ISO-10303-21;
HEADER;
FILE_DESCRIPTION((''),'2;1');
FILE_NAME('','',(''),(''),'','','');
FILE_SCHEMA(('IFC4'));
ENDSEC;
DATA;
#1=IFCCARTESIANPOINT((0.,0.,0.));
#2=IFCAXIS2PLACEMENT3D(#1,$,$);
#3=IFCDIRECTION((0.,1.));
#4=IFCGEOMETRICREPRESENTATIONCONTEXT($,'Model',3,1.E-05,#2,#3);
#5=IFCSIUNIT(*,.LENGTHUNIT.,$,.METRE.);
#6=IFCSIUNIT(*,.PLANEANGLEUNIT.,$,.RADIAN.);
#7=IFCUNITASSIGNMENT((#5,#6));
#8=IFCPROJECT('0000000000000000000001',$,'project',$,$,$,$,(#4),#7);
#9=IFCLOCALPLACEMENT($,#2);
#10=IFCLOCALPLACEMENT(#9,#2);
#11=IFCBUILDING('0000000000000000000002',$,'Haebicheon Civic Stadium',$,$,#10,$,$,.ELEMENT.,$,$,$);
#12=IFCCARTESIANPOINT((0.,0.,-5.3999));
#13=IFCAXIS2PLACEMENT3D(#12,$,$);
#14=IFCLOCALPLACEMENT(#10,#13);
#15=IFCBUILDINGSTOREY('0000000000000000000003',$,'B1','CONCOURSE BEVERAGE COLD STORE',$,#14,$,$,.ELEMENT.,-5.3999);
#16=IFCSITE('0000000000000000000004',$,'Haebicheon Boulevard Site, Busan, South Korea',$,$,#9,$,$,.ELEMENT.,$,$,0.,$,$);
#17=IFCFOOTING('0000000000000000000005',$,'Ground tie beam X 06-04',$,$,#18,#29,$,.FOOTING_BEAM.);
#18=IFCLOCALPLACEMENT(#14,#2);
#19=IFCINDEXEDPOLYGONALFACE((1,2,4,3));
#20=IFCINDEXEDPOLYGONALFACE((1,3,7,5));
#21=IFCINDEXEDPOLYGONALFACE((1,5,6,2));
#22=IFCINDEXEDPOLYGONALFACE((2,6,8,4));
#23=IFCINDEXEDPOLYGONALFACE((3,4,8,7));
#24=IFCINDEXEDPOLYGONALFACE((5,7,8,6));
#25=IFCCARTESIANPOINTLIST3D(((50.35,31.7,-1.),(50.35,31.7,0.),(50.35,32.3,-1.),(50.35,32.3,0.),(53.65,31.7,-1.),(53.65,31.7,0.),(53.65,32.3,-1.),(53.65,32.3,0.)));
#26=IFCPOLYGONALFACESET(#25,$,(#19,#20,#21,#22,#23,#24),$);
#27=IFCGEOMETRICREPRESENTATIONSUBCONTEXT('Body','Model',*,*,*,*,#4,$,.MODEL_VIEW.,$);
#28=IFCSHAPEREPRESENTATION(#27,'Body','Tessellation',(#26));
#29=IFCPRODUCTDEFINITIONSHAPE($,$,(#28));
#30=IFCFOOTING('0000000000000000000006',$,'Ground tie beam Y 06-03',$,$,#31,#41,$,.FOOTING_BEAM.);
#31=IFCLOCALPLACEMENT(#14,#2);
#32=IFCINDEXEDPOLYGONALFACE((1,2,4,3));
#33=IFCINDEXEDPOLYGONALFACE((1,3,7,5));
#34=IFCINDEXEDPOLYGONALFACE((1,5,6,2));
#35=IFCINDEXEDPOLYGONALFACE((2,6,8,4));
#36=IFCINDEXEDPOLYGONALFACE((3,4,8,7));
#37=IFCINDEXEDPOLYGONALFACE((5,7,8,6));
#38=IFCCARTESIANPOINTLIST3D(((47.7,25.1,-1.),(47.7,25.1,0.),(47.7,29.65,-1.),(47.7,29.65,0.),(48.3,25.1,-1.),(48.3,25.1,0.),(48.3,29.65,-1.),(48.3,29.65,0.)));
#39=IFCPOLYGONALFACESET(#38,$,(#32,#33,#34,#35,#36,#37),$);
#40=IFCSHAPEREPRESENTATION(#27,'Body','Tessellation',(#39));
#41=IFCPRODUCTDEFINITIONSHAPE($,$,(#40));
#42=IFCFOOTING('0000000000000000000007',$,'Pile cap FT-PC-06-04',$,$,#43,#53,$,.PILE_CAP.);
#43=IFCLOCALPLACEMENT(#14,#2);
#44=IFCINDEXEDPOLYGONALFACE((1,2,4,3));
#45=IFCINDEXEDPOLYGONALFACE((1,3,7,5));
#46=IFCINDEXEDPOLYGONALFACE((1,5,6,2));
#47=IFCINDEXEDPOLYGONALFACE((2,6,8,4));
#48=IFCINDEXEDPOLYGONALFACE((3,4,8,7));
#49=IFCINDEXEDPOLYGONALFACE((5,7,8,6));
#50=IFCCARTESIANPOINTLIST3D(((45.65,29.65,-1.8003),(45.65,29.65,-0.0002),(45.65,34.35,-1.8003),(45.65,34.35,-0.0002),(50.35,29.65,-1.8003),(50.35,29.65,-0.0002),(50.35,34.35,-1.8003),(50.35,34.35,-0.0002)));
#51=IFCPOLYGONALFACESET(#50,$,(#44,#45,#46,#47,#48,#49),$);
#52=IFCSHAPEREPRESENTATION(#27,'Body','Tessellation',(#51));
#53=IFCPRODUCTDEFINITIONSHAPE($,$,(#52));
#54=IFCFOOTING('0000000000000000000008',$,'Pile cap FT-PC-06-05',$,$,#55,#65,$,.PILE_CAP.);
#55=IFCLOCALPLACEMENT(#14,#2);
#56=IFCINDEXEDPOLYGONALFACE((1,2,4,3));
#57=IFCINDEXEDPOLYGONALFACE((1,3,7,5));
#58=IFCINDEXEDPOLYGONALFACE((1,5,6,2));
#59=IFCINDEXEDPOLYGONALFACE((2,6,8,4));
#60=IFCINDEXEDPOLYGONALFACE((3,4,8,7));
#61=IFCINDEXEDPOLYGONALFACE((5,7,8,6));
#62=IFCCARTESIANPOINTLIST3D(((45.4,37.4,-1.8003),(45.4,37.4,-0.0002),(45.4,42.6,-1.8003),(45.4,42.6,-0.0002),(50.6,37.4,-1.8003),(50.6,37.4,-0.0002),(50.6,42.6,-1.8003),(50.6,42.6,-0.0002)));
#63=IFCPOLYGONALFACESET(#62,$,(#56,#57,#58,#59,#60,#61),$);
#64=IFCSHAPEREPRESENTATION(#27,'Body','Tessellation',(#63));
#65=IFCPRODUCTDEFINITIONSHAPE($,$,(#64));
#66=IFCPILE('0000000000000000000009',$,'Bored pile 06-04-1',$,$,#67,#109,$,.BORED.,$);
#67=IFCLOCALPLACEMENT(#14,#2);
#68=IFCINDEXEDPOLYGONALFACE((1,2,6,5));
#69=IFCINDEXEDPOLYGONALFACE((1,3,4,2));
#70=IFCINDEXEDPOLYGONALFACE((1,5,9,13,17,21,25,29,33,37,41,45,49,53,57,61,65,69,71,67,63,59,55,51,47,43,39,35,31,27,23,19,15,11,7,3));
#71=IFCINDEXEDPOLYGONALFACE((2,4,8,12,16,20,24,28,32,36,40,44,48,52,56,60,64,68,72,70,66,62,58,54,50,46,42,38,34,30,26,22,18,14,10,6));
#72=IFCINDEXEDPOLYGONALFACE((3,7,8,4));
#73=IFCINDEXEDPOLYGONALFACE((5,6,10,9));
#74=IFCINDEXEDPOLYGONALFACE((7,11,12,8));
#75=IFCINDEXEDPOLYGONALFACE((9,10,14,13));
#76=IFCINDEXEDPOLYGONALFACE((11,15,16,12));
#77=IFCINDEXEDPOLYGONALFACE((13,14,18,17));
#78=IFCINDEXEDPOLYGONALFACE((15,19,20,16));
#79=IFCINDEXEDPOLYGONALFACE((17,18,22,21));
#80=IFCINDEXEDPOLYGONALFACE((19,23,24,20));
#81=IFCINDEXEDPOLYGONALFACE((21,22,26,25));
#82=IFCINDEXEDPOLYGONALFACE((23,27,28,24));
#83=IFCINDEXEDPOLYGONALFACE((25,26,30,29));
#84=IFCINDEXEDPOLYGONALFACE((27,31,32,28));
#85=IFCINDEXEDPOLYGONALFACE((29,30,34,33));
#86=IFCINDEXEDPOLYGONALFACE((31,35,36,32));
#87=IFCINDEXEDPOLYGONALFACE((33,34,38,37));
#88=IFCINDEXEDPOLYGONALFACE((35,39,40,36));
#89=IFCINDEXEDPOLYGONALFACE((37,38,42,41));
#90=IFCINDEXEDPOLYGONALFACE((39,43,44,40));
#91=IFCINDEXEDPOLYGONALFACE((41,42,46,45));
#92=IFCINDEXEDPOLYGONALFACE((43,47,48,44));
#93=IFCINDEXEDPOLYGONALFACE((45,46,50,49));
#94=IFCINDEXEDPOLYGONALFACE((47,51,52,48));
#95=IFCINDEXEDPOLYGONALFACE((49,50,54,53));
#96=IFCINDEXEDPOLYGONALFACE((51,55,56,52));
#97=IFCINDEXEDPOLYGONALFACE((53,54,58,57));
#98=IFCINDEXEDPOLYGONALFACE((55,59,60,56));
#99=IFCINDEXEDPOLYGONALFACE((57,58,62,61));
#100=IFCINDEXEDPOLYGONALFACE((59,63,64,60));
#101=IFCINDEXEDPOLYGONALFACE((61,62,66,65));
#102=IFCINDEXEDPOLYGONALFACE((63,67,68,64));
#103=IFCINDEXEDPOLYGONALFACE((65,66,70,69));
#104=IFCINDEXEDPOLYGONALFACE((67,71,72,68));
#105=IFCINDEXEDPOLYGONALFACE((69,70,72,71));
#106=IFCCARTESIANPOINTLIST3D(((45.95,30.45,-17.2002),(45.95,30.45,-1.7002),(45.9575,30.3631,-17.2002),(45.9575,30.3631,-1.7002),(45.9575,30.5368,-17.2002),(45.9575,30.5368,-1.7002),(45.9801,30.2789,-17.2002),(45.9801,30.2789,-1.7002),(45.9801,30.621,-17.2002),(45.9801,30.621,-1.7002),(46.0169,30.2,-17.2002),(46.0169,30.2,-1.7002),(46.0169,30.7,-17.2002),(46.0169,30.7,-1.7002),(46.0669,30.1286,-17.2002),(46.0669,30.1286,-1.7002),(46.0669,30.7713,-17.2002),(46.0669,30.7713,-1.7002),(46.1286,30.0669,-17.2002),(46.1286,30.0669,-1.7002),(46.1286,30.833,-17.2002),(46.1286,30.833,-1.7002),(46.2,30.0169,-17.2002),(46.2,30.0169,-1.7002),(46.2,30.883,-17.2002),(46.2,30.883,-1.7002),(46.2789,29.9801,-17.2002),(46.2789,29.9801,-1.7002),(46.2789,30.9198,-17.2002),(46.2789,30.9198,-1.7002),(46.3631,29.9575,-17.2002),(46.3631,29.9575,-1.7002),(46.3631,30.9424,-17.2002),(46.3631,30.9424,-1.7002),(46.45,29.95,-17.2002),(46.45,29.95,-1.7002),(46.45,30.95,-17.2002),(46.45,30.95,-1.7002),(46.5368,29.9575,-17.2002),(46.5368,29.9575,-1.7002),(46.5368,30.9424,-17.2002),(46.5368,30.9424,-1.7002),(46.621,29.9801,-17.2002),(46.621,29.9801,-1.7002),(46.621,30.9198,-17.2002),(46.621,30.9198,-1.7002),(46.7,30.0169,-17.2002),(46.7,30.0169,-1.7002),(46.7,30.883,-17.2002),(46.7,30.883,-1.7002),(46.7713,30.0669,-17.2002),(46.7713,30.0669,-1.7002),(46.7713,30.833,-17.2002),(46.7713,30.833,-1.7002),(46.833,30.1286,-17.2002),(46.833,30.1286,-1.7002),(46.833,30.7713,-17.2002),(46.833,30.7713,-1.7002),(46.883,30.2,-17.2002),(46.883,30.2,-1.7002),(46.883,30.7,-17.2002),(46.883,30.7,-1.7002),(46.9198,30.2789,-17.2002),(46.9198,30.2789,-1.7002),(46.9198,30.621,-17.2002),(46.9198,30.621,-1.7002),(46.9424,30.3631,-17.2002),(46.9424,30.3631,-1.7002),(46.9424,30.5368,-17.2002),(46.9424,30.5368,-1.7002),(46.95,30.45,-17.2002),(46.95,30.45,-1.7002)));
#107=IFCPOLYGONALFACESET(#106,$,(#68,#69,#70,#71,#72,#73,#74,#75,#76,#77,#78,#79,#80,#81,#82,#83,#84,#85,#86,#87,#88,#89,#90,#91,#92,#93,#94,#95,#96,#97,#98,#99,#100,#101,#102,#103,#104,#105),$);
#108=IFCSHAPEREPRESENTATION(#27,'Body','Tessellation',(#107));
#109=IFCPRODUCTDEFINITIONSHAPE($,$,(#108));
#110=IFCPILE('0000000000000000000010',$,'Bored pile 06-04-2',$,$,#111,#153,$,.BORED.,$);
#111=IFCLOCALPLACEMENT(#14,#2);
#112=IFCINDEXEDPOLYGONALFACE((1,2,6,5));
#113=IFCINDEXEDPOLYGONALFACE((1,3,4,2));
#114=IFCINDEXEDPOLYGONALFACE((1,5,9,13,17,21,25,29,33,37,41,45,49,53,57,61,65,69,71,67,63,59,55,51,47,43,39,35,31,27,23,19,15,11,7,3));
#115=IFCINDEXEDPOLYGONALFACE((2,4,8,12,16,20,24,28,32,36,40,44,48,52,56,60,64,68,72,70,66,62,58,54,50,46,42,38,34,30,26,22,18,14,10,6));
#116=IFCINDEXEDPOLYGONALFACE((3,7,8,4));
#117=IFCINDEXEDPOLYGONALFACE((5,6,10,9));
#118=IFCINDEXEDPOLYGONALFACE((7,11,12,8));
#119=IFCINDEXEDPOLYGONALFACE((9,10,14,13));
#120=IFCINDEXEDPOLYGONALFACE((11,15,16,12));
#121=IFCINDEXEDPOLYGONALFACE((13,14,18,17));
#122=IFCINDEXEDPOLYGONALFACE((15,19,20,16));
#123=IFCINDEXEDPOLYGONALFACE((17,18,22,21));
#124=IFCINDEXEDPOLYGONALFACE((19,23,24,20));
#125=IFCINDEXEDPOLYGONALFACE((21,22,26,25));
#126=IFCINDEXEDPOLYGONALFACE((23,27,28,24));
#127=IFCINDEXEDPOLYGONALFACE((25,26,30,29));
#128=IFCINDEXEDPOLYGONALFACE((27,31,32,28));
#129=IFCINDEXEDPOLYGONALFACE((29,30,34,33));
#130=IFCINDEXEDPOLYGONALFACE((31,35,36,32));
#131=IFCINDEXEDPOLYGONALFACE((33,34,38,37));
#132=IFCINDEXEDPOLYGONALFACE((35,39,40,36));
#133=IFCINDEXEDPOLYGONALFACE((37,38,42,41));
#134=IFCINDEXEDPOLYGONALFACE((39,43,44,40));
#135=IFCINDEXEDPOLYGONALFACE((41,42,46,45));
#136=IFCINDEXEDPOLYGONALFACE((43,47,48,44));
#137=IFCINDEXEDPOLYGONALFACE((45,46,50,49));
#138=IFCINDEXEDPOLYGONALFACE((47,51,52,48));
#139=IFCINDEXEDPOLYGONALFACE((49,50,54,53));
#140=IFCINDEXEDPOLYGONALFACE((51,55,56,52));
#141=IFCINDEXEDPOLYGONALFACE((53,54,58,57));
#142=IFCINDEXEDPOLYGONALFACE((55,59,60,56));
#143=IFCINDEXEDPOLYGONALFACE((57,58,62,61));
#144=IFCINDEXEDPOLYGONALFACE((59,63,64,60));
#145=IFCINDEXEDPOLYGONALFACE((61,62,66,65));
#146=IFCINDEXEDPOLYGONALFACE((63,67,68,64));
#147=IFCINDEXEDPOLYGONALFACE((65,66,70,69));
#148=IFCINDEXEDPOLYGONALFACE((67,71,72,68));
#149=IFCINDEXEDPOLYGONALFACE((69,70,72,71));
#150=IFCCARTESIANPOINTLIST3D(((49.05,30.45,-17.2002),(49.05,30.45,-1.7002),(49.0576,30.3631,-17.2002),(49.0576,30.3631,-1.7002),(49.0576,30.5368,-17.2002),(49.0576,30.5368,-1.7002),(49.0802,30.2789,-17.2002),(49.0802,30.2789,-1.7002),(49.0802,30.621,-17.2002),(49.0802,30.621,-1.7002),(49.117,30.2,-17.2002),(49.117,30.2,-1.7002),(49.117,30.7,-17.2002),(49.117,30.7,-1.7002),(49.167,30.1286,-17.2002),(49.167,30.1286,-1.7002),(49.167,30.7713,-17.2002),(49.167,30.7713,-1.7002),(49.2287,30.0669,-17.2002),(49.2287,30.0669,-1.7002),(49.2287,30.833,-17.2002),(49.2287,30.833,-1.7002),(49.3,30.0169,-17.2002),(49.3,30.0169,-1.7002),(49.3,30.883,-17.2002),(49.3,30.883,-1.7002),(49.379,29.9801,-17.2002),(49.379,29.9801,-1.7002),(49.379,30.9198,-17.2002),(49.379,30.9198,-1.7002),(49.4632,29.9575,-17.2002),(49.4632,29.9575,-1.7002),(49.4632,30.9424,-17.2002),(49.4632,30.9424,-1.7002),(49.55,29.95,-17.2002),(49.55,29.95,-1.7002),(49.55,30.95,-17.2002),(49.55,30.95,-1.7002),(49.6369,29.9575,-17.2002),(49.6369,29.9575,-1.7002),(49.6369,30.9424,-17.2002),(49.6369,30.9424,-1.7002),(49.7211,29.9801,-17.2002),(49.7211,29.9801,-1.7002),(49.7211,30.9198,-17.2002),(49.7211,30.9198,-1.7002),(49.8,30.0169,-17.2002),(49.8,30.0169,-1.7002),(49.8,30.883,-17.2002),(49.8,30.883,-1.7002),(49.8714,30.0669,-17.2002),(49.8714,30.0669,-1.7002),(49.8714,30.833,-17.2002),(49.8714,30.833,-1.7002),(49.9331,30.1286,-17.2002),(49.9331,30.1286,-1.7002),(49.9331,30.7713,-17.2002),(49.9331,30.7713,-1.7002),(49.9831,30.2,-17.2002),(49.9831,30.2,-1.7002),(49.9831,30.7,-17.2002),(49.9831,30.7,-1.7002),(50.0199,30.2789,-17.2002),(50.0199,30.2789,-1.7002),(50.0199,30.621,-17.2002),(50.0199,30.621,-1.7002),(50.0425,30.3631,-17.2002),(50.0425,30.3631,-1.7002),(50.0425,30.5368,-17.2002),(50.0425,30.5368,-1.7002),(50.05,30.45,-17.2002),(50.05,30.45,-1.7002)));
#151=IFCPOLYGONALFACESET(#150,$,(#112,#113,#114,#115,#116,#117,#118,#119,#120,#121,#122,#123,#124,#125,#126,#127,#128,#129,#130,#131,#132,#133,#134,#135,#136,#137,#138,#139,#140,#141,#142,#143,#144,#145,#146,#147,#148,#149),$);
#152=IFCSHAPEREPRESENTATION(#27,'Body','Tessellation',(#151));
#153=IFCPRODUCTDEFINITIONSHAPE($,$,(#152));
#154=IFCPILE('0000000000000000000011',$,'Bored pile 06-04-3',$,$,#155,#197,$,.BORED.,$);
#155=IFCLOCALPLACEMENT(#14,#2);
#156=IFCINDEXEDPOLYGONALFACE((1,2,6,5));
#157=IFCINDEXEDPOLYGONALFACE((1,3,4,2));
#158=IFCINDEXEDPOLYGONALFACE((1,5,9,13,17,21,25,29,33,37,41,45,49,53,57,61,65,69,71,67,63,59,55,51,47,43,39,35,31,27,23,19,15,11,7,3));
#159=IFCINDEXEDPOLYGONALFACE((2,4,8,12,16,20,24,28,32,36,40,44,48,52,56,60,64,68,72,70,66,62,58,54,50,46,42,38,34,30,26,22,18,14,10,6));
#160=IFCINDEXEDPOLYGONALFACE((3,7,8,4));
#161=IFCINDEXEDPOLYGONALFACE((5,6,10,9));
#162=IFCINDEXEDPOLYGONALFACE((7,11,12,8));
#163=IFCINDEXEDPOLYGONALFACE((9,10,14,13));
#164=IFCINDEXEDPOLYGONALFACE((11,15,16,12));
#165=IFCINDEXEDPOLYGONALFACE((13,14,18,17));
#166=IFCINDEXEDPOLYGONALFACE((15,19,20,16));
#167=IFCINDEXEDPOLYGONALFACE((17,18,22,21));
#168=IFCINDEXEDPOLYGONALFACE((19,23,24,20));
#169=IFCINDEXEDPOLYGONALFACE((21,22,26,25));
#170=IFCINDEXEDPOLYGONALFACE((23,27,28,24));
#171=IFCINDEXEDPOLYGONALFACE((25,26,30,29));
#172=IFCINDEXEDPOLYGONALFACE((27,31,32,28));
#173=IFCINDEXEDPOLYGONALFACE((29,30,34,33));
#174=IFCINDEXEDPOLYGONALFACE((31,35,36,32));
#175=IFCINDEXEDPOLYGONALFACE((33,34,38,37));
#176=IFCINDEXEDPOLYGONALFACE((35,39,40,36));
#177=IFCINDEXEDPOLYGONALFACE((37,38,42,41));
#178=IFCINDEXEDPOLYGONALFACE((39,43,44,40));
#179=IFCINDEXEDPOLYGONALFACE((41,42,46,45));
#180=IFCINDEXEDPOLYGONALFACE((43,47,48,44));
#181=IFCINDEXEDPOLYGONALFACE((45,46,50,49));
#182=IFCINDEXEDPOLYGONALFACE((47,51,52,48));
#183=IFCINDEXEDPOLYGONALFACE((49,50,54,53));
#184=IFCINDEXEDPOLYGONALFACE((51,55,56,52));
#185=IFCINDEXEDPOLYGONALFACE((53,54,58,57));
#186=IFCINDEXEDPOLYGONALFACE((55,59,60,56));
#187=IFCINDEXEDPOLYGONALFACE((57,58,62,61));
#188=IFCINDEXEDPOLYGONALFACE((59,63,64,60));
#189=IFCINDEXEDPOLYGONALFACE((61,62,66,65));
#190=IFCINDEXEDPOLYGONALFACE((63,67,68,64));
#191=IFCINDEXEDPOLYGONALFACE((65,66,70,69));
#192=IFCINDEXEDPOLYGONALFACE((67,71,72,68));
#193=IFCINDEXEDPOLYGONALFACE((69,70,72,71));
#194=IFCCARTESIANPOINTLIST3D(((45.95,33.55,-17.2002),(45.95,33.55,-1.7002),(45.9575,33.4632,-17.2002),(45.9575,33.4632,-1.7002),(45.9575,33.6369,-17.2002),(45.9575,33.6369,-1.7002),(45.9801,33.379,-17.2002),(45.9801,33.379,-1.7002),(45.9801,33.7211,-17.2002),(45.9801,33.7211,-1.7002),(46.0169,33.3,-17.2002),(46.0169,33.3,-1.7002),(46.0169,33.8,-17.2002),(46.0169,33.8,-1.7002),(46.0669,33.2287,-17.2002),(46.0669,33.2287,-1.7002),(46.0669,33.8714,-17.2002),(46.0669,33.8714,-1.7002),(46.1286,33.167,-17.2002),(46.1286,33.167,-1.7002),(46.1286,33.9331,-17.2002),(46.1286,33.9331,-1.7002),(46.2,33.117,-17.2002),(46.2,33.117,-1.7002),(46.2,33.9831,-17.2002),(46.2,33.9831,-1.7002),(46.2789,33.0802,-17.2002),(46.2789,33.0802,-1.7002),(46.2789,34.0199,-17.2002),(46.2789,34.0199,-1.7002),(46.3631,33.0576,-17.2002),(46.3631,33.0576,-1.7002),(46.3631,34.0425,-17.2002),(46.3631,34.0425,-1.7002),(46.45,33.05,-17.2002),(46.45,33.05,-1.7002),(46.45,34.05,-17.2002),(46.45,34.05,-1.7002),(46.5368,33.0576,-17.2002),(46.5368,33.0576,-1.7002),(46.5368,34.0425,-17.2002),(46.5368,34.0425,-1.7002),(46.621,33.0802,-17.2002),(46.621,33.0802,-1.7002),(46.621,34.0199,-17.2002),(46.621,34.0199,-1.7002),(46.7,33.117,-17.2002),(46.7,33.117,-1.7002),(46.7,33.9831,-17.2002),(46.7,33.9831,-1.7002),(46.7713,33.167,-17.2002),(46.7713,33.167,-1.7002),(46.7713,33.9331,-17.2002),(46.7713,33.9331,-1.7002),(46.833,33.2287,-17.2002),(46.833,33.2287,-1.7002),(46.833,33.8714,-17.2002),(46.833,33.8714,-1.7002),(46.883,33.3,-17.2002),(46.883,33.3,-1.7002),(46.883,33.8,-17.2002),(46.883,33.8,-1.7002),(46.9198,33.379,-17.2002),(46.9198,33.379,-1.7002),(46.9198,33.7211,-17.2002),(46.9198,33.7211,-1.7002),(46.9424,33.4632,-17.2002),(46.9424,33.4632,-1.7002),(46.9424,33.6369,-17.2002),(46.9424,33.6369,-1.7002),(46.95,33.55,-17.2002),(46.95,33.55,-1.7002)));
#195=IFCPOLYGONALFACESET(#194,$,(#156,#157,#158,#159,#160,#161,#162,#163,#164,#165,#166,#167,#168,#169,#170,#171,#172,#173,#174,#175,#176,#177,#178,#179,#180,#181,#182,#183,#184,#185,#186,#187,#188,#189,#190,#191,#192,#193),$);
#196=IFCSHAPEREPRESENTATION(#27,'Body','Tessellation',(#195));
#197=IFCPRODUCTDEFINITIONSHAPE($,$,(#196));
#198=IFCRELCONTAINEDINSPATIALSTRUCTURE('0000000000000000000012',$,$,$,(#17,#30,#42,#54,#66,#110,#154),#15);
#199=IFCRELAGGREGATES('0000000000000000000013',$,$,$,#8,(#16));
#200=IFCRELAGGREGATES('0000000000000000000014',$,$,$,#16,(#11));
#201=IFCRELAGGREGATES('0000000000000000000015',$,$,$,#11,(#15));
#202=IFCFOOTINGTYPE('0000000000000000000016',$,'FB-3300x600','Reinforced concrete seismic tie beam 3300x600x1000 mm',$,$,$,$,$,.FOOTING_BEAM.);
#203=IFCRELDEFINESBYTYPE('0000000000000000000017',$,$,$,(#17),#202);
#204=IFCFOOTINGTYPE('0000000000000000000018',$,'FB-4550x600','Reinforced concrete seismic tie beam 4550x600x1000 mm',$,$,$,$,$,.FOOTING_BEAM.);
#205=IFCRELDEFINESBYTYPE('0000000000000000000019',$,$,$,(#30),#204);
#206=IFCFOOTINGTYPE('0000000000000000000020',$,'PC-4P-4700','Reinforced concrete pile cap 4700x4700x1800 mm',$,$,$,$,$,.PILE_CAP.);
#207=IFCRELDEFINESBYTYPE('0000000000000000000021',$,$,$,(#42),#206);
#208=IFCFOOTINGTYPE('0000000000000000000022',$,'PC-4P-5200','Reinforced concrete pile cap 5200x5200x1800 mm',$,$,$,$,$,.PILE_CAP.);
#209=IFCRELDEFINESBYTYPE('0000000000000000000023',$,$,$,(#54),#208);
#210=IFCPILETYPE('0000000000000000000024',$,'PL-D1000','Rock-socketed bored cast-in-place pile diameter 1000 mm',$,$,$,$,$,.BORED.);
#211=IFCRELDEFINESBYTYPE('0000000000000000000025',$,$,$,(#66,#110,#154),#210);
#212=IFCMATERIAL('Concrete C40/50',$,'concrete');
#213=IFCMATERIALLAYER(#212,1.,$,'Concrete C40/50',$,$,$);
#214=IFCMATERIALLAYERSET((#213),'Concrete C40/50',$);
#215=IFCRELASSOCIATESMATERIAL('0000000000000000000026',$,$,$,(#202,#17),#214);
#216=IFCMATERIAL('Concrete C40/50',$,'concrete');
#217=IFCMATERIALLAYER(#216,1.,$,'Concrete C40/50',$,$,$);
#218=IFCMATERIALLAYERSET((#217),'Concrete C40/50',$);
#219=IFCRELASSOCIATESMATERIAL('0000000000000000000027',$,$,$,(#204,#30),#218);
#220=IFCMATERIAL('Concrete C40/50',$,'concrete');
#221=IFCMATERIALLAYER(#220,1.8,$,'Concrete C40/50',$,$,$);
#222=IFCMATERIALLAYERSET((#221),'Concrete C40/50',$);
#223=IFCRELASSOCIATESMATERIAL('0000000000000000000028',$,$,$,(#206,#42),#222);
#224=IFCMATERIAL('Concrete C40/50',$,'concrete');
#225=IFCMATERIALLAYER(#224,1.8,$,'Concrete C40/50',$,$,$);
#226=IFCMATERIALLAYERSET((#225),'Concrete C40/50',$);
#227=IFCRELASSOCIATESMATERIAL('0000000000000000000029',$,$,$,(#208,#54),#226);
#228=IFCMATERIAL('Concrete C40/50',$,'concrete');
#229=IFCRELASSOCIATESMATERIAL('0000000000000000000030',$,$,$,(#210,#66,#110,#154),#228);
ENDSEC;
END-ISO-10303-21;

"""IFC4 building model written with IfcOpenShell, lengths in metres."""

from ifc_helpers import new_model, si_unit, direction, frame, origin, origin_2d, place, context, subcontext, project, spatial, rectangle, circle, extrude, material, layer, layer_set, material_profile, profile_set, type_object, element, save


model = new_model("IFC4")

# Units and contexts
model_context = context("Model", 3, precision=1e-05, world=origin(), true_north=direction((0.0, 1.0)))
body_context = subcontext(model_context, "Body", "Model", "MODEL_VIEW")
ifc_project = project(units=[si_unit("LENGTHUNIT", "METRE"), si_unit("PLANEANGLEUNIT", "RADIAN")], contexts=[model_context])

# Site, building, storey
site_placement = place(None, origin())
site = spatial("IfcSite", under=ifc_project, at=site_placement, Name="Haebicheon Boulevard Site, Busan, South Korea", CompositionType="ELEMENT", RefElevation=0.0)
building_placement = place(site_placement, origin())
building = spatial("IfcBuilding", under=site, at=building_placement, Name="Haebicheon Civic Stadium", CompositionType="ELEMENT")
storey_placement = place(building_placement, frame((0.0, 0.0, -5.3999)))
storey = spatial("IfcBuildingStorey", under=building, at=storey_placement, Name="B1", Description="CONCOURSE BEVERAGE COLD STORE", CompositionType="ELEMENT", Elevation=-5.3999)

# Footings
ifc_material_1 = material(Name="Concrete C40/50", Category="concrete")
ifc_layer_1 = layer(ifc_material_1, 1.0, Name="Concrete C40/50")
ifc_layer_set_1 = layer_set([ifc_layer_1], Name="Concrete C40/50")
footing_type_1 = type_object("IfcFootingType", Name="FB-3300x600", Description="Reinforced concrete seismic tie beam 3300x600x1000 mm", PredefinedType="FOOTING_BEAM", material=ifc_layer_set_1)
footing_1_placement = place(storey_placement, frame((52.0, 32.0, -1.0), z_axis=(0.0, 0.0, 1.0), x_axis=(1.0, 0.0, 0.0)))
element("IfcFooting", 1, at=footing_1_placement, inside=storey, type_object=footing_type_1, material=ifc_layer_set_1, Name="Ground tie beam X 06-04", PredefinedType="FOOTING_BEAM", context=body_context, shape_type="SweptSolid", body=[
    extrude(rectangle(XDim=3.3, YDim=0.6001, at=origin_2d()), origin(), (0.0, 0.0, 1.0), 1.0),
])
ifc_material_2 = material(Name="Concrete C40/50", Category="concrete")
ifc_layer_2 = layer(ifc_material_2, 1.0, Name="Concrete C40/50")
ifc_layer_set_2 = layer_set([ifc_layer_2], Name="Concrete C40/50")
footing_type_2 = type_object("IfcFootingType", Name="FB-4550x600", Description="Reinforced concrete seismic tie beam 4550x600x1000 mm", PredefinedType="FOOTING_BEAM", material=ifc_layer_set_2)
footing_2_placement = place(storey_placement, frame((48.0, 27.375, -1.0), z_axis=(0.0, 0.0, 1.0), x_axis=(0.0, 1.0, 0.0)))
element("IfcFooting", 2, at=footing_2_placement, inside=storey, type_object=footing_type_2, material=ifc_layer_set_2, Name="Ground tie beam Y 06-03", PredefinedType="FOOTING_BEAM", context=body_context, shape_type="SweptSolid", body=[
    extrude(rectangle(XDim=4.55, YDim=0.6001, at=origin_2d()), origin(), (0.0, 0.0, 1.0), 1.0),
])
ifc_material_3 = material(Name="Concrete C40/50", Category="concrete")
ifc_layer_3 = layer(ifc_material_3, 1.8, Name="Concrete C40/50")
ifc_layer_set_3 = layer_set([ifc_layer_3], Name="Concrete C40/50")
footing_type_3 = type_object("IfcFootingType", Name="PC-4P-4700", Description="Reinforced concrete pile cap 4700x4700x1800 mm", PredefinedType="PILE_CAP", material=ifc_layer_set_3)
footing_3_placement = place(storey_placement, frame((48.0, 32.0, -1.8003), z_axis=(0.0, 0.0, 1.0), x_axis=(1.0, 0.0, 0.0)))
element("IfcFooting", 3, at=footing_3_placement, inside=storey, type_object=footing_type_3, material=ifc_layer_set_3, Name="Pile cap FT-PC-06-04", PredefinedType="PILE_CAP", context=body_context, shape_type="SweptSolid", body=[
    extrude(rectangle(XDim=4.7, YDim=4.7, at=origin_2d()), origin(), (0.0, 0.0, 1.0), 1.8),
])
ifc_material_4 = material(Name="Concrete C40/50", Category="concrete")
ifc_layer_4 = layer(ifc_material_4, 1.8, Name="Concrete C40/50")
ifc_layer_set_4 = layer_set([ifc_layer_4], Name="Concrete C40/50")
footing_type_4 = type_object("IfcFootingType", Name="PC-4P-5200", Description="Reinforced concrete pile cap 5200x5200x1800 mm", PredefinedType="PILE_CAP", material=ifc_layer_set_4)
footing_4_placement = place(storey_placement, frame((48.0, 40.0, -1.8003), z_axis=(0.0, 0.0, 1.0), x_axis=(1.0, 0.0, 0.0)))
element("IfcFooting", 4, at=footing_4_placement, inside=storey, type_object=footing_type_4, material=ifc_layer_set_4, Name="Pile cap FT-PC-06-05", PredefinedType="PILE_CAP", context=body_context, shape_type="SweptSolid", body=[
    extrude(rectangle(XDim=5.2, YDim=5.2, at=origin_2d()), origin(), (0.0, 0.0, 1.0), 1.8),
])

# Piles
ifc_material_5 = material(Name="Concrete C40/50", Category="concrete")
ifc_material_profile_1 = material_profile(ifc_material_5, circle(Radius=0.5, at=origin_2d()), Name="PILE-D1000")
ifc_profile_set_1 = profile_set([ifc_material_profile_1], Name="Concrete C40/50")
pile_type_1 = type_object("IfcPileType", Name="PL-D1000", Description="Rock-socketed bored cast-in-place pile diameter 1000 mm", PredefinedType="BORED", material=ifc_profile_set_1)
for number, where, z_axis, x_axis, name in (
    (5, (46.45, 30.45, -1.7002), (0.0, 0.0, -1.0), (1.0, 0.0, 0.0), "Bored pile 06-04-1"),
    (6, (49.55, 30.45, -1.7002), (0.0, 0.0, -1.0), (1.0, 0.0, 0.0), "Bored pile 06-04-2"),
    (7, (46.45, 33.55, -1.7002), (0.0, 0.0, -1.0), (1.0, 0.0, 0.0), "Bored pile 06-04-3"),
):
    element("IfcPile", number, at=place(storey_placement, frame(where, z_axis=z_axis, x_axis=x_axis)), inside=storey, type_object=pile_type_1, material=ifc_profile_set_1, Name=name, PredefinedType="BORED", context=body_context, shape_type="SweptSolid", body=[
        extrude(circle(Radius=0.5, at=origin_2d()), origin(), (0.0, 0.0, 1.0), 15.5),
    ])

save(model, "model.ifc")
